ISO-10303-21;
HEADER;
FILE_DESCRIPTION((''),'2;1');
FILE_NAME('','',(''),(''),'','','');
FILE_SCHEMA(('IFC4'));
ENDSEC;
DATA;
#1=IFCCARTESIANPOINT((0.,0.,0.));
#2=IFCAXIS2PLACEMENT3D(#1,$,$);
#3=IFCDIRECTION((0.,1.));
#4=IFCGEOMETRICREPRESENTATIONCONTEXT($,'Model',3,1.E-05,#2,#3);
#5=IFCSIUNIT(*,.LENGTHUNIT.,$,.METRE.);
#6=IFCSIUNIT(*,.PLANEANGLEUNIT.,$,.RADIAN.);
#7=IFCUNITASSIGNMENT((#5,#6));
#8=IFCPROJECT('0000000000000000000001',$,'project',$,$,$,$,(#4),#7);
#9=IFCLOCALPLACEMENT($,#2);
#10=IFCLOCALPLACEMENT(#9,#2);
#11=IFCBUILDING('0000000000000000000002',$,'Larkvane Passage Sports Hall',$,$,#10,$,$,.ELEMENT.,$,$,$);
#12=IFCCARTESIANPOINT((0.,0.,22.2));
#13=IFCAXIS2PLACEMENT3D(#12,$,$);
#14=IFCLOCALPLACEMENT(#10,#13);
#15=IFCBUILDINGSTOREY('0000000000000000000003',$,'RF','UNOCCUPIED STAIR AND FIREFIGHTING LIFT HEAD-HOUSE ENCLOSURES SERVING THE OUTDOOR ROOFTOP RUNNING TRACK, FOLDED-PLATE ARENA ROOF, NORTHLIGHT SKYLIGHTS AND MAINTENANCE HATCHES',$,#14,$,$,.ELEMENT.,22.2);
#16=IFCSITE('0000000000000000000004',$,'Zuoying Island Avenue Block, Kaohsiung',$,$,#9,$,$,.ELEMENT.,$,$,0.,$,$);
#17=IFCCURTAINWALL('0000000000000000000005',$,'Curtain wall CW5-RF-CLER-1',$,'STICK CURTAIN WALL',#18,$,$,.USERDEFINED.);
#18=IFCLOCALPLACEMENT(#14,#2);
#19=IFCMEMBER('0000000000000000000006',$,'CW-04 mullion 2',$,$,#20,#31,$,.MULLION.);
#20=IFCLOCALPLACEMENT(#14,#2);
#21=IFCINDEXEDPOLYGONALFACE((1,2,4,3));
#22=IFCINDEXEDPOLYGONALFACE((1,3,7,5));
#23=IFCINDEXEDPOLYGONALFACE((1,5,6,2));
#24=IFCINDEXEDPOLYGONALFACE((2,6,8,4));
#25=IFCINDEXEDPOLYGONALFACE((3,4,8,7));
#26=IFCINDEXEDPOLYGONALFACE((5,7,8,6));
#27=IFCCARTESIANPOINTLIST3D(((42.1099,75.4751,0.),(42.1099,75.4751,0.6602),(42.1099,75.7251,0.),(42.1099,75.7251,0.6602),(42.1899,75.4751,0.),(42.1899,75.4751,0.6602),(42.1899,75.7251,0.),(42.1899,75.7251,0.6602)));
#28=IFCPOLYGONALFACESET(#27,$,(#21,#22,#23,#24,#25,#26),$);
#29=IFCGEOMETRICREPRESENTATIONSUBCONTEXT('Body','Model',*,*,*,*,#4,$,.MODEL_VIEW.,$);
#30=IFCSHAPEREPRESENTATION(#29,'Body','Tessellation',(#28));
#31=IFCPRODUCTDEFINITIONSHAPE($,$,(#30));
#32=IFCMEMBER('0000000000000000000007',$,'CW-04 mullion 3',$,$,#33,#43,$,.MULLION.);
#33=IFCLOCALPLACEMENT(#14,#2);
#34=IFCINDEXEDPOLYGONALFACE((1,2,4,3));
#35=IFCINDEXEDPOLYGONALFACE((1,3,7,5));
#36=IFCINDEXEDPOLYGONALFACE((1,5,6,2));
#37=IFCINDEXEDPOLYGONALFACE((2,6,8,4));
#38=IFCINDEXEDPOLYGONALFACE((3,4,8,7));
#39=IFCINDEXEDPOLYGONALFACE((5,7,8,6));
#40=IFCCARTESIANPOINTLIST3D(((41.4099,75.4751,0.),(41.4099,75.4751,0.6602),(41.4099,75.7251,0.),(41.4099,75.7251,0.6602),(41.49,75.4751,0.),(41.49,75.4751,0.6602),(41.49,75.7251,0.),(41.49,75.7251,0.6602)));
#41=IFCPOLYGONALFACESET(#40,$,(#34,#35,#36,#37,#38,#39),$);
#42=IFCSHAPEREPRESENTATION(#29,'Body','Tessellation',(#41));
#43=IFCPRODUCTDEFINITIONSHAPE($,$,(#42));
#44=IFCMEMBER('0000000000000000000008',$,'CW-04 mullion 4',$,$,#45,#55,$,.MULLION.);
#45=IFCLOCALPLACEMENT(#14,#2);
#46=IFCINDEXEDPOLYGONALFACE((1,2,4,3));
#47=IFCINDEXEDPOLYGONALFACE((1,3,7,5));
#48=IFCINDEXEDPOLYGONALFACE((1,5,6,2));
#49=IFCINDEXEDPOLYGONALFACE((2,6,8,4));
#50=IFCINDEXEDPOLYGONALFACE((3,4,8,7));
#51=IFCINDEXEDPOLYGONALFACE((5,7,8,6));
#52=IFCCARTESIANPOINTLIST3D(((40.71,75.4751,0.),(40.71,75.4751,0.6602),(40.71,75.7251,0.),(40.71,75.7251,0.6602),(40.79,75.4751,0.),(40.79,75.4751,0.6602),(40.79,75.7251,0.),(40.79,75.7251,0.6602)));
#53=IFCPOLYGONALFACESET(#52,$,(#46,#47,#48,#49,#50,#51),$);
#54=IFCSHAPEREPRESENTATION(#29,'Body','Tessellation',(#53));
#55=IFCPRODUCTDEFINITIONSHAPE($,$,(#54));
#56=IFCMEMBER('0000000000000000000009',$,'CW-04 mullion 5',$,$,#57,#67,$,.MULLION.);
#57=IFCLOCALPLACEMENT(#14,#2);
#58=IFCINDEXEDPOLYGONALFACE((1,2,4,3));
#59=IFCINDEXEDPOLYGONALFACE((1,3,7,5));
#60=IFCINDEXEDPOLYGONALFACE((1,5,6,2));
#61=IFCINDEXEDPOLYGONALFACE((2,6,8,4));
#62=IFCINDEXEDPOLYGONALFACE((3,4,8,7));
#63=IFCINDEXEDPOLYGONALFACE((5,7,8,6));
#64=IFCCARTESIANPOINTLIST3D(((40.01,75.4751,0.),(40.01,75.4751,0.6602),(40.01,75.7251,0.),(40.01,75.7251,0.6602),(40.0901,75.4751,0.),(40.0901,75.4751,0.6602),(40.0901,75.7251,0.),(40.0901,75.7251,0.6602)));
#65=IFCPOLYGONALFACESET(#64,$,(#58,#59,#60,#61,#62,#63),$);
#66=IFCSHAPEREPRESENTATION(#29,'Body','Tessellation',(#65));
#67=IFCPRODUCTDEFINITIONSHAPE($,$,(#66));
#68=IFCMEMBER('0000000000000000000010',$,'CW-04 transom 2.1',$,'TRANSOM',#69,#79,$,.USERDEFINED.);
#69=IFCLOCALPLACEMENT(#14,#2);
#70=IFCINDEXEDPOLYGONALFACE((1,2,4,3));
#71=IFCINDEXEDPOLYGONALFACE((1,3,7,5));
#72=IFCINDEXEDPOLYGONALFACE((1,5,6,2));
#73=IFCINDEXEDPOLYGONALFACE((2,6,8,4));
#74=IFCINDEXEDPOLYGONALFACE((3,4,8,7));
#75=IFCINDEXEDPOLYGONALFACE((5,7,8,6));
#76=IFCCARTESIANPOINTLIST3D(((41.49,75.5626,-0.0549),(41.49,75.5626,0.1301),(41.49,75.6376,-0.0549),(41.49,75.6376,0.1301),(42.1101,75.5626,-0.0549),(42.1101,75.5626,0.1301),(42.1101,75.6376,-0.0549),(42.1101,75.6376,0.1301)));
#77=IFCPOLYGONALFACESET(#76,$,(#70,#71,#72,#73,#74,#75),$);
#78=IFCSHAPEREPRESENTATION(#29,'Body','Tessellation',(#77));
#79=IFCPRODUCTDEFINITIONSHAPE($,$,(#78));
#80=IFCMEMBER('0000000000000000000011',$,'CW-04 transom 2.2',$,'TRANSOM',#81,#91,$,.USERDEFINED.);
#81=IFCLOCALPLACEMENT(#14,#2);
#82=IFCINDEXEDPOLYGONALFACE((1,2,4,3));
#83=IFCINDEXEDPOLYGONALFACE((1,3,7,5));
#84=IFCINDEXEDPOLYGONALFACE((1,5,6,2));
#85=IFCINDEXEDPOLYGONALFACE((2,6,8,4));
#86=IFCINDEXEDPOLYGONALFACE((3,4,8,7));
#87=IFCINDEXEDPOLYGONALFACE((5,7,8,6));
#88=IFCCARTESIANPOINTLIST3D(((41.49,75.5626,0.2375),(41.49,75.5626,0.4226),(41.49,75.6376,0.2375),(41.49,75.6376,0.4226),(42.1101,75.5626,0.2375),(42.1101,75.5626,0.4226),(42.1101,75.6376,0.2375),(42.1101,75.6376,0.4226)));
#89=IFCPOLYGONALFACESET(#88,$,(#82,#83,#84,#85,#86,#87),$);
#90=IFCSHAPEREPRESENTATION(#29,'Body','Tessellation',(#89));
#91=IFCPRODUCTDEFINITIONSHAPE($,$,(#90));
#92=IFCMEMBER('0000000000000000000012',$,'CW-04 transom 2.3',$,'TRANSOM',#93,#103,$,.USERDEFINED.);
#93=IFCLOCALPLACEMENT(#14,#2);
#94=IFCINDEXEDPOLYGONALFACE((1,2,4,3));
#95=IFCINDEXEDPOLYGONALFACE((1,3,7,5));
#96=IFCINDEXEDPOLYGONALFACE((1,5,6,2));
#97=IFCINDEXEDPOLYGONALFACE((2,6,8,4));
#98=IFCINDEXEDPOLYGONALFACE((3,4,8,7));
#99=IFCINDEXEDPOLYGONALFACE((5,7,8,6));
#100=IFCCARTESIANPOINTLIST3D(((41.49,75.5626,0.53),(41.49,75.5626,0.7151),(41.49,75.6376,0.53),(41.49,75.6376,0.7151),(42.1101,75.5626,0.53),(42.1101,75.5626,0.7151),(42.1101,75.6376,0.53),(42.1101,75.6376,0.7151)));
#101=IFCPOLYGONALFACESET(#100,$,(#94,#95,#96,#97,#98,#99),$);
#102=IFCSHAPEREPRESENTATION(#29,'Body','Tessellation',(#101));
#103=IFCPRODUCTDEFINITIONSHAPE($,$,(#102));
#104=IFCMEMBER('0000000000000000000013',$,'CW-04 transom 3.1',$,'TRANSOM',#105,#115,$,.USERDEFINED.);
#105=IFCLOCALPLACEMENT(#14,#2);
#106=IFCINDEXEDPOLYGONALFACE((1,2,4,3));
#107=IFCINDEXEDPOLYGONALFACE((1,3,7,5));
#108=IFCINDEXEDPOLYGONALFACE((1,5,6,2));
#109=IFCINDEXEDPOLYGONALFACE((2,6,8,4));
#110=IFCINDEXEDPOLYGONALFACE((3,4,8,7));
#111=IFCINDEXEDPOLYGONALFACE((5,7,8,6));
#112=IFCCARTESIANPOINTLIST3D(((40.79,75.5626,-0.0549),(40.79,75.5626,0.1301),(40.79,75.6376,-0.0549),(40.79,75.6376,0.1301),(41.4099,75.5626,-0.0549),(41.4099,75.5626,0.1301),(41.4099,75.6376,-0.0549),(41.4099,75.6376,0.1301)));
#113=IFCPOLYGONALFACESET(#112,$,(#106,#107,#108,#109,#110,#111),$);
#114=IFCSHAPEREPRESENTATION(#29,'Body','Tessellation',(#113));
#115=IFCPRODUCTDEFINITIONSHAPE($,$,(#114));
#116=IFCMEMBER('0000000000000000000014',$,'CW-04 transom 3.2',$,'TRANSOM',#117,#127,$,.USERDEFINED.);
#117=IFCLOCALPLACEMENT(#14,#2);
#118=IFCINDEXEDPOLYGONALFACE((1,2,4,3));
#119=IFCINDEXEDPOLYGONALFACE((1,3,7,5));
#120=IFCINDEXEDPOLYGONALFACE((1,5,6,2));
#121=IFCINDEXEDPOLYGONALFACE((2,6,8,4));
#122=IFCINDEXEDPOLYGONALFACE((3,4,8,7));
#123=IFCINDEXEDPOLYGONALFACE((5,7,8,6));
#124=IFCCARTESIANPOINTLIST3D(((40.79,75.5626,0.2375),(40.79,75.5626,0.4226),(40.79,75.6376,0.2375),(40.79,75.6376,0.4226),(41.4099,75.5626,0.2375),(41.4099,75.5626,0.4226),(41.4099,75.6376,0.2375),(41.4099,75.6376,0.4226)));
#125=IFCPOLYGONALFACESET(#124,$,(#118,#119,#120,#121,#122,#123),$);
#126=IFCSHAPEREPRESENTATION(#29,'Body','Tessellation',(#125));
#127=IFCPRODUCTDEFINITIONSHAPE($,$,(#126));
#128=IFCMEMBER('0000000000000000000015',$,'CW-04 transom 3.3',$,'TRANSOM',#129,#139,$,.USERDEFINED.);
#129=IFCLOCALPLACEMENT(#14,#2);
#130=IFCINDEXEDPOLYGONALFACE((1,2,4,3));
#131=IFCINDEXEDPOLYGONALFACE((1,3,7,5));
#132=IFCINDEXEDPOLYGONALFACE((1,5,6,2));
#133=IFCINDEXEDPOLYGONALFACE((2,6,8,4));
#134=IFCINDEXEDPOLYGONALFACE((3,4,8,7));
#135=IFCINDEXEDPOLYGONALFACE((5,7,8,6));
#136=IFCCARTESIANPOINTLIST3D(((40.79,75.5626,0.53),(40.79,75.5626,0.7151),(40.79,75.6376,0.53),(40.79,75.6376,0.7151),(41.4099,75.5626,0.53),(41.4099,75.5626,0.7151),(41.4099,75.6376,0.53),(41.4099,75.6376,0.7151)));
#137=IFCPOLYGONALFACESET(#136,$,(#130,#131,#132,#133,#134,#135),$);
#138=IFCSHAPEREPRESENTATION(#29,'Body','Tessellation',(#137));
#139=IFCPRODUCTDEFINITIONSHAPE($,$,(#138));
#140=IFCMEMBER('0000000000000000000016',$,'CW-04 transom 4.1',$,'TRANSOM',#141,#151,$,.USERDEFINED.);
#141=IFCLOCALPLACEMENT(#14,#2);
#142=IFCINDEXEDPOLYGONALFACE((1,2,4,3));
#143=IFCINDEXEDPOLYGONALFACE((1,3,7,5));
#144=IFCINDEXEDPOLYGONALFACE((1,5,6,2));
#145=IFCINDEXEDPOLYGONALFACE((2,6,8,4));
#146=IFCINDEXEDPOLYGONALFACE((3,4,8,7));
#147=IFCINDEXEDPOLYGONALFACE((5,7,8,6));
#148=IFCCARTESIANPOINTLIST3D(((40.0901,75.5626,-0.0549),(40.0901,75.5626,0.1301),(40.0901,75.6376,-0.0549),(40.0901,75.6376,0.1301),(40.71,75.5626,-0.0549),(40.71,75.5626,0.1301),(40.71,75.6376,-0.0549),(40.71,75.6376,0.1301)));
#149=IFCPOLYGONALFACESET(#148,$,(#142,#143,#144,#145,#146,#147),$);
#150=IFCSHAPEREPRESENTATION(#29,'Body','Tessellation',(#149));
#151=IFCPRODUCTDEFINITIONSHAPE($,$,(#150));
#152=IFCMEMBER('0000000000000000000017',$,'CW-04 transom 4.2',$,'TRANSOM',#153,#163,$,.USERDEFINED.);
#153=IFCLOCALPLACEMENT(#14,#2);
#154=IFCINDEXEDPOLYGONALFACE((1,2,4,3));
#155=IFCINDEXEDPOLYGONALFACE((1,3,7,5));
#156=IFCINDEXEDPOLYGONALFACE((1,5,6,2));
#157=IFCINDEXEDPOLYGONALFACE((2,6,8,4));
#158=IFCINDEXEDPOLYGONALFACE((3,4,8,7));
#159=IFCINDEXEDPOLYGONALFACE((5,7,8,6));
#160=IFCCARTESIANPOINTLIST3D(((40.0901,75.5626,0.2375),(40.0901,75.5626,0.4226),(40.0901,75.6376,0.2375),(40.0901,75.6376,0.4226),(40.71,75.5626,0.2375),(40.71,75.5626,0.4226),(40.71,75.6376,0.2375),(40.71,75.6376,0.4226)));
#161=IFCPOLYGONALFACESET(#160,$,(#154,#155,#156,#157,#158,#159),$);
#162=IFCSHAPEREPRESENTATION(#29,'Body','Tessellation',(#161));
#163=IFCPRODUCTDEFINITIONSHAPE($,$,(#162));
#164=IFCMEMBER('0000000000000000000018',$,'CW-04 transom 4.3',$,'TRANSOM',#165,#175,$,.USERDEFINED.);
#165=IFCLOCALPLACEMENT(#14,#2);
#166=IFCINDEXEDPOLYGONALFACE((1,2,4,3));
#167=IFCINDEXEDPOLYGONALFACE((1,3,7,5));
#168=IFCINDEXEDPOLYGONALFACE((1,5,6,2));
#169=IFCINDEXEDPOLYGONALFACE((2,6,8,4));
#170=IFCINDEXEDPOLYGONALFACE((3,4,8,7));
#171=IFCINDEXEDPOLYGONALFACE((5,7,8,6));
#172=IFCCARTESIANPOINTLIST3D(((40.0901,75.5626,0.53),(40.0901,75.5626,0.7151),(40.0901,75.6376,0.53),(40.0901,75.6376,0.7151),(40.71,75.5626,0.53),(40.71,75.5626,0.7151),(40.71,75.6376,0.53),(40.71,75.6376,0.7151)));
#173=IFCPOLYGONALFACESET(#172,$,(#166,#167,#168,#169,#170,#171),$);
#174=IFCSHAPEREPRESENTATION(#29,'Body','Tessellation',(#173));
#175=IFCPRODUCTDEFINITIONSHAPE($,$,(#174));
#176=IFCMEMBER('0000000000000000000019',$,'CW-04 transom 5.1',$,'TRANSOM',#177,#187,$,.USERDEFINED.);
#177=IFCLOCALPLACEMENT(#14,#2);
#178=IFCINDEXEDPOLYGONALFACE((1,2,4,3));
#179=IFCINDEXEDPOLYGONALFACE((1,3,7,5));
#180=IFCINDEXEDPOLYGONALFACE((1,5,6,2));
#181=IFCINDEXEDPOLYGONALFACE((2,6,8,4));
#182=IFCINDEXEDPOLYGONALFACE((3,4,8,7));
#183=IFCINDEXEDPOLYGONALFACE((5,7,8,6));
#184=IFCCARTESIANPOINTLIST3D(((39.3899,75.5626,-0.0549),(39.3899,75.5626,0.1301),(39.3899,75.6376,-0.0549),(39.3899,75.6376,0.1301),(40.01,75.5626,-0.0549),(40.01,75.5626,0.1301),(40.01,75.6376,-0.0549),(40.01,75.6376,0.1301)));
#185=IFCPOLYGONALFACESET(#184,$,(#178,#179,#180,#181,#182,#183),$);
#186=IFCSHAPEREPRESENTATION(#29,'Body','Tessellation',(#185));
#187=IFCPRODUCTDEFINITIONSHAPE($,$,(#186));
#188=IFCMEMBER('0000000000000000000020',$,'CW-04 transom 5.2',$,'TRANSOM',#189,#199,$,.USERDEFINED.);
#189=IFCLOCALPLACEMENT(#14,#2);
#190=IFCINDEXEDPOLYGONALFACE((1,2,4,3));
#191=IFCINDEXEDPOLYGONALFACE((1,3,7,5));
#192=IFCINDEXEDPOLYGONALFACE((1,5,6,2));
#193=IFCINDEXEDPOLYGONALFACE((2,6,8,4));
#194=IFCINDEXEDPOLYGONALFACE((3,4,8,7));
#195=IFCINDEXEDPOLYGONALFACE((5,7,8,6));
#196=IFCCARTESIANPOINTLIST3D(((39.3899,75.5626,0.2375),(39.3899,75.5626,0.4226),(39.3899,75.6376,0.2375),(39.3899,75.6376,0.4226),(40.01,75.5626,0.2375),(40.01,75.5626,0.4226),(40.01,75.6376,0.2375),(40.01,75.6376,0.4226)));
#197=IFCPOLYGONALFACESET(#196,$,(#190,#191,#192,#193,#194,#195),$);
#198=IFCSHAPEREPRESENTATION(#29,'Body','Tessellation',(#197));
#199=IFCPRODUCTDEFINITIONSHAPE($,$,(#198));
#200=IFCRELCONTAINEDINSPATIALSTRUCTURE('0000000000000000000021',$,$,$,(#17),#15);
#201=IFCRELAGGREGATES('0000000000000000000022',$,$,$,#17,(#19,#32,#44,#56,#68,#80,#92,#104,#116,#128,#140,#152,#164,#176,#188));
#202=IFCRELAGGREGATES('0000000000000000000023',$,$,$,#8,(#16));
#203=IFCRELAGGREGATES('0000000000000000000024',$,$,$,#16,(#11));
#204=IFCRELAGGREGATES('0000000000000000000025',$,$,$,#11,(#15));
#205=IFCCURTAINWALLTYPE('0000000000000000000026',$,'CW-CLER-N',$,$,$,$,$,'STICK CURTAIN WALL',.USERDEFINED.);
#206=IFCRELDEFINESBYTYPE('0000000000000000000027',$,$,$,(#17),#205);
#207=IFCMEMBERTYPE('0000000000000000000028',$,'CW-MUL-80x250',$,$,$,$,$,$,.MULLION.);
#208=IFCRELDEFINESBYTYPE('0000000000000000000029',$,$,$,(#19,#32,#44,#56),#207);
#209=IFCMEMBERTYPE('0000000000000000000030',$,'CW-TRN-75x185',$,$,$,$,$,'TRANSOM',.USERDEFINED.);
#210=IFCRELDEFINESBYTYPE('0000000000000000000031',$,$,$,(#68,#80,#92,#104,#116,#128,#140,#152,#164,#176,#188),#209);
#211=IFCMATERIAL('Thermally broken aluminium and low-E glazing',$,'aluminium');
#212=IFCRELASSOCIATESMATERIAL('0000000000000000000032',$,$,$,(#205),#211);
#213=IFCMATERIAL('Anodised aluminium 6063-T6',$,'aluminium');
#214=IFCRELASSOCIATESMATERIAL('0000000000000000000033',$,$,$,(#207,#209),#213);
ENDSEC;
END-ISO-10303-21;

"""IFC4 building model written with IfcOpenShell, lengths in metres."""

from ifc_helpers import new_model, si_unit, direction, frame, origin, origin_2d, place, context, subcontext, project, spatial, rectangle, extrude, material, material_profile, profile_set, type_object, element, aggregate, save


model = new_model("IFC4")

# Units and contexts
model_context = context("Model", 3, precision=1e-05, world=origin(), true_north=direction((0.0, 1.0)))
body_context = subcontext(model_context, "Body", "Model", "MODEL_VIEW")
ifc_project = project(units=[si_unit("LENGTHUNIT", "METRE"), si_unit("PLANEANGLEUNIT", "RADIAN")], contexts=[model_context])

# Site, building, storey
site_placement = place(None, origin())
site = spatial("IfcSite", under=ifc_project, at=site_placement, Name="Zuoying Island Avenue Block, Kaohsiung", CompositionType="ELEMENT", RefElevation=0.0)
building_placement = place(site_placement, origin())
building = spatial("IfcBuilding", under=site, at=building_placement, Name="Larkvane Passage Sports Hall", CompositionType="ELEMENT")
storey_placement = place(building_placement, frame((0.0, 0.0, 22.2)))
storey = spatial("IfcBuildingStorey", under=building, at=storey_placement, Name="RF", Description="UNOCCUPIED STAIR AND FIREFIGHTING LIFT HEAD-HOUSE ENCLOSURES SERVING THE OUTDOOR ROOFTOP RUNNING TRACK, FOLDED-PLATE ARENA ROOF, NORTHLIGHT SKYLIGHTS AND MAINTENANCE HATCHES", CompositionType="ELEMENT", Elevation=22.2)

# Curtain wall, members
ifc_material_1 = material(Name="Thermally broken aluminium and low-E glazing", Category="aluminium")
curtain_wall_type = type_object("IfcCurtainWallType", Name="CW-CLER-N", ElementType="STICK CURTAIN WALL", PredefinedType="USERDEFINED", material=ifc_material_1)
curtain_wall_placement = place(storey_placement, origin())
curtain_wall = element("IfcCurtainWall", 1, at=curtain_wall_placement, inside=storey, type_object=curtain_wall_type, Name="Curtain wall CW5-RF-CLER-1", ObjectType="STICK CURTAIN WALL", PredefinedType="USERDEFINED")
ifc_material_2 = material(Name="Anodised aluminium 6063-T6", Category="aluminium")
ifc_material_profile_1 = material_profile(ifc_material_2, rectangle(XDim=0.0801, YDim=0.25, at=origin_2d()), Name="ALU-MUL-80x250")
ifc_profile_set_1 = profile_set([ifc_material_profile_1], Name="Anodised aluminium 6063-T6")
member_type_1 = type_object("IfcMemberType", Name="CW-MUL-80x250", PredefinedType="MULLION", material=ifc_profile_set_1)
member_1_placement = place(storey_placement, frame((42.1499, 75.6001, 0.0), z_axis=(0.0, 0.0, 1.0), x_axis=(-1.0, 0.0, 0.0)))
member_1 = element("IfcMember", 2, at=member_1_placement, type_object=member_type_1, Name="CW-04 mullion 2", PredefinedType="MULLION", context=body_context, shape_type="SweptSolid", body=[
    extrude(rectangle(XDim=0.0801, YDim=0.25, at=origin_2d()), origin(), (0.0, 0.0, 1.0), 0.6602),
])
member_2_placement = place(storey_placement, frame((41.45, 75.6001, 0.0), z_axis=(0.0, 0.0, 1.0), x_axis=(-1.0, 0.0, 0.0)))
member_2 = element("IfcMember", 3, at=member_2_placement, type_object=member_type_1, Name="CW-04 mullion 3", PredefinedType="MULLION", context=body_context, shape_type="SweptSolid", body=[
    extrude(rectangle(XDim=0.0801, YDim=0.25, at=origin_2d()), origin(), (0.0, 0.0, 1.0), 0.6602),
])
member_3_placement = place(storey_placement, frame((40.75, 75.6001, 0.0), z_axis=(0.0, 0.0, 1.0), x_axis=(-1.0, 0.0, 0.0)))
member_3 = element("IfcMember", 4, at=member_3_placement, type_object=member_type_1, Name="CW-04 mullion 4", PredefinedType="MULLION", context=body_context, shape_type="SweptSolid", body=[
    extrude(rectangle(XDim=0.0801, YDim=0.25, at=origin_2d()), origin(), (0.0, 0.0, 1.0), 0.6602),
])
member_4_placement = place(storey_placement, frame((40.05, 75.6001, 0.0), z_axis=(0.0, 0.0, 1.0), x_axis=(-1.0, 0.0, 0.0)))
member_4 = element("IfcMember", 5, at=member_4_placement, type_object=member_type_1, Name="CW-04 mullion 5", PredefinedType="MULLION", context=body_context, shape_type="SweptSolid", body=[
    extrude(rectangle(XDim=0.0801, YDim=0.25, at=origin_2d()), origin(), (0.0, 0.0, 1.0), 0.6602),
])
ifc_material_profile_2 = material_profile(ifc_material_2, rectangle(XDim=0.075, YDim=0.1851, at=origin_2d()), Name="ALU-TRN-75x185")
ifc_profile_set_2 = profile_set([ifc_material_profile_2], Name="Anodised aluminium 6063-T6")
member_type_2 = type_object("IfcMemberType", Name="CW-TRN-75x185", ElementType="TRANSOM", PredefinedType="USERDEFINED", material=ifc_profile_set_2)
member_5_placement = place(storey_placement, frame((42.1101, 75.6001, 0.0376), z_axis=(-1.0, 0.0, 0.0), x_axis=(0.0, -1.0, 0.0)))
member_5 = element("IfcMember", 6, at=member_5_placement, type_object=member_type_2, Name="CW-04 transom 2.1", ObjectType="TRANSOM", PredefinedType="USERDEFINED", context=body_context, shape_type="SweptSolid", body=[
    extrude(rectangle(XDim=0.075, YDim=0.1851, at=origin_2d()), origin(), (0.0, 0.0, 1.0), 0.6201),
])
member_6_placement = place(storey_placement, frame((42.1101, 75.6001, 0.3301), z_axis=(-1.0, 0.0, 0.0), x_axis=(0.0, -1.0, 0.0)))
member_6 = element("IfcMember", 7, at=member_6_placement, type_object=member_type_2, Name="CW-04 transom 2.2", ObjectType="TRANSOM", PredefinedType="USERDEFINED", context=body_context, shape_type="SweptSolid", body=[
    extrude(rectangle(XDim=0.075, YDim=0.1851, at=origin_2d()), origin(), (0.0, 0.0, 1.0), 0.6201),
])
member_7_placement = place(storey_placement, frame((42.1101, 75.6001, 0.6226), z_axis=(-1.0, 0.0, 0.0), x_axis=(0.0, -1.0, 0.0)))
member_7 = element("IfcMember", 8, at=member_7_placement, type_object=member_type_2, Name="CW-04 transom 2.3", ObjectType="TRANSOM", PredefinedType="USERDEFINED", context=body_context, shape_type="SweptSolid", body=[
    extrude(rectangle(XDim=0.075, YDim=0.1851, at=origin_2d()), origin(), (0.0, 0.0, 1.0), 0.6201),
])
member_8_placement = place(storey_placement, frame((41.4099, 75.6001, 0.0376), z_axis=(-1.0, 0.0, 0.0), x_axis=(0.0, -1.0, 0.0)))
member_8 = element("IfcMember", 9, at=member_8_placement, type_object=member_type_2, Name="CW-04 transom 3.1", ObjectType="TRANSOM", PredefinedType="USERDEFINED", context=body_context, shape_type="SweptSolid", body=[
    extrude(rectangle(XDim=0.075, YDim=0.1851, at=origin_2d()), origin(), (0.0, 0.0, 1.0), 0.6199),
])
member_9_placement = place(storey_placement, frame((41.4099, 75.6001, 0.3301), z_axis=(-1.0, 0.0, 0.0), x_axis=(0.0, -1.0, 0.0)))
member_9 = element("IfcMember", 10, at=member_9_placement, type_object=member_type_2, Name="CW-04 transom 3.2", ObjectType="TRANSOM", PredefinedType="USERDEFINED", context=body_context, shape_type="SweptSolid", body=[
    extrude(rectangle(XDim=0.075, YDim=0.1851, at=origin_2d()), origin(), (0.0, 0.0, 1.0), 0.6199),
])
member_10_placement = place(storey_placement, frame((41.4099, 75.6001, 0.6226), z_axis=(-1.0, 0.0, 0.0), x_axis=(0.0, -1.0, 0.0)))
member_10 = element("IfcMember", 11, at=member_10_placement, type_object=member_type_2, Name="CW-04 transom 3.3", ObjectType="TRANSOM", PredefinedType="USERDEFINED", context=body_context, shape_type="SweptSolid", body=[
    extrude(rectangle(XDim=0.075, YDim=0.1851, at=origin_2d()), origin(), (0.0, 0.0, 1.0), 0.6199),
])
member_11_placement = place(storey_placement, frame((40.71, 75.6001, 0.0376), z_axis=(-1.0, 0.0, 0.0), x_axis=(0.0, -1.0, 0.0)))
member_11 = element("IfcMember", 12, at=member_11_placement, type_object=member_type_2, Name="CW-04 transom 4.1", ObjectType="TRANSOM", PredefinedType="USERDEFINED", context=body_context, shape_type="SweptSolid", body=[
    extrude(rectangle(XDim=0.075, YDim=0.1851, at=origin_2d()), origin(), (0.0, 0.0, 1.0), 0.6199),
])
member_12_placement = place(storey_placement, frame((40.71, 75.6001, 0.3301), z_axis=(-1.0, 0.0, 0.0), x_axis=(0.0, -1.0, 0.0)))
member_12 = element("IfcMember", 13, at=member_12_placement, type_object=member_type_2, Name="CW-04 transom 4.2", ObjectType="TRANSOM", PredefinedType="USERDEFINED", context=body_context, shape_type="SweptSolid", body=[
    extrude(rectangle(XDim=0.075, YDim=0.1851, at=origin_2d()), origin(), (0.0, 0.0, 1.0), 0.6199),
])
member_13_placement = place(storey_placement, frame((40.71, 75.6001, 0.6226), z_axis=(-1.0, 0.0, 0.0), x_axis=(0.0, -1.0, 0.0)))
member_13 = element("IfcMember", 14, at=member_13_placement, type_object=member_type_2, Name="CW-04 transom 4.3", ObjectType="TRANSOM", PredefinedType="USERDEFINED", context=body_context, shape_type="SweptSolid", body=[
    extrude(rectangle(XDim=0.075, YDim=0.1851, at=origin_2d()), origin(), (0.0, 0.0, 1.0), 0.6199),
])
member_14_placement = place(storey_placement, frame((40.01, 75.6001, 0.0376), z_axis=(-1.0, 0.0, 0.0), x_axis=(0.0, -1.0, 0.0)))
member_14 = element("IfcMember", 15, at=member_14_placement, type_object=member_type_2, Name="CW-04 transom 5.1", ObjectType="TRANSOM", PredefinedType="USERDEFINED", context=body_context, shape_type="SweptSolid", body=[
    extrude(rectangle(XDim=0.075, YDim=0.1851, at=origin_2d()), origin(), (0.0, 0.0, 1.0), 0.6201),
])
member_15_placement = place(storey_placement, frame((40.01, 75.6001, 0.3301), z_axis=(-1.0, 0.0, 0.0), x_axis=(0.0, -1.0, 0.0)))
member_15 = element("IfcMember", 16, at=member_15_placement, type_object=member_type_2, Name="CW-04 transom 5.2", ObjectType="TRANSOM", PredefinedType="USERDEFINED", context=body_context, shape_type="SweptSolid", body=[
    extrude(rectangle(XDim=0.075, YDim=0.1851, at=origin_2d()), origin(), (0.0, 0.0, 1.0), 0.6201),
])
aggregate(curtain_wall, [member_1, member_2, member_3, member_4, member_5, member_6, member_7, member_8, member_9, member_10, member_11, member_12, member_13, member_14, member_15])

save(model, "model.ifc")
